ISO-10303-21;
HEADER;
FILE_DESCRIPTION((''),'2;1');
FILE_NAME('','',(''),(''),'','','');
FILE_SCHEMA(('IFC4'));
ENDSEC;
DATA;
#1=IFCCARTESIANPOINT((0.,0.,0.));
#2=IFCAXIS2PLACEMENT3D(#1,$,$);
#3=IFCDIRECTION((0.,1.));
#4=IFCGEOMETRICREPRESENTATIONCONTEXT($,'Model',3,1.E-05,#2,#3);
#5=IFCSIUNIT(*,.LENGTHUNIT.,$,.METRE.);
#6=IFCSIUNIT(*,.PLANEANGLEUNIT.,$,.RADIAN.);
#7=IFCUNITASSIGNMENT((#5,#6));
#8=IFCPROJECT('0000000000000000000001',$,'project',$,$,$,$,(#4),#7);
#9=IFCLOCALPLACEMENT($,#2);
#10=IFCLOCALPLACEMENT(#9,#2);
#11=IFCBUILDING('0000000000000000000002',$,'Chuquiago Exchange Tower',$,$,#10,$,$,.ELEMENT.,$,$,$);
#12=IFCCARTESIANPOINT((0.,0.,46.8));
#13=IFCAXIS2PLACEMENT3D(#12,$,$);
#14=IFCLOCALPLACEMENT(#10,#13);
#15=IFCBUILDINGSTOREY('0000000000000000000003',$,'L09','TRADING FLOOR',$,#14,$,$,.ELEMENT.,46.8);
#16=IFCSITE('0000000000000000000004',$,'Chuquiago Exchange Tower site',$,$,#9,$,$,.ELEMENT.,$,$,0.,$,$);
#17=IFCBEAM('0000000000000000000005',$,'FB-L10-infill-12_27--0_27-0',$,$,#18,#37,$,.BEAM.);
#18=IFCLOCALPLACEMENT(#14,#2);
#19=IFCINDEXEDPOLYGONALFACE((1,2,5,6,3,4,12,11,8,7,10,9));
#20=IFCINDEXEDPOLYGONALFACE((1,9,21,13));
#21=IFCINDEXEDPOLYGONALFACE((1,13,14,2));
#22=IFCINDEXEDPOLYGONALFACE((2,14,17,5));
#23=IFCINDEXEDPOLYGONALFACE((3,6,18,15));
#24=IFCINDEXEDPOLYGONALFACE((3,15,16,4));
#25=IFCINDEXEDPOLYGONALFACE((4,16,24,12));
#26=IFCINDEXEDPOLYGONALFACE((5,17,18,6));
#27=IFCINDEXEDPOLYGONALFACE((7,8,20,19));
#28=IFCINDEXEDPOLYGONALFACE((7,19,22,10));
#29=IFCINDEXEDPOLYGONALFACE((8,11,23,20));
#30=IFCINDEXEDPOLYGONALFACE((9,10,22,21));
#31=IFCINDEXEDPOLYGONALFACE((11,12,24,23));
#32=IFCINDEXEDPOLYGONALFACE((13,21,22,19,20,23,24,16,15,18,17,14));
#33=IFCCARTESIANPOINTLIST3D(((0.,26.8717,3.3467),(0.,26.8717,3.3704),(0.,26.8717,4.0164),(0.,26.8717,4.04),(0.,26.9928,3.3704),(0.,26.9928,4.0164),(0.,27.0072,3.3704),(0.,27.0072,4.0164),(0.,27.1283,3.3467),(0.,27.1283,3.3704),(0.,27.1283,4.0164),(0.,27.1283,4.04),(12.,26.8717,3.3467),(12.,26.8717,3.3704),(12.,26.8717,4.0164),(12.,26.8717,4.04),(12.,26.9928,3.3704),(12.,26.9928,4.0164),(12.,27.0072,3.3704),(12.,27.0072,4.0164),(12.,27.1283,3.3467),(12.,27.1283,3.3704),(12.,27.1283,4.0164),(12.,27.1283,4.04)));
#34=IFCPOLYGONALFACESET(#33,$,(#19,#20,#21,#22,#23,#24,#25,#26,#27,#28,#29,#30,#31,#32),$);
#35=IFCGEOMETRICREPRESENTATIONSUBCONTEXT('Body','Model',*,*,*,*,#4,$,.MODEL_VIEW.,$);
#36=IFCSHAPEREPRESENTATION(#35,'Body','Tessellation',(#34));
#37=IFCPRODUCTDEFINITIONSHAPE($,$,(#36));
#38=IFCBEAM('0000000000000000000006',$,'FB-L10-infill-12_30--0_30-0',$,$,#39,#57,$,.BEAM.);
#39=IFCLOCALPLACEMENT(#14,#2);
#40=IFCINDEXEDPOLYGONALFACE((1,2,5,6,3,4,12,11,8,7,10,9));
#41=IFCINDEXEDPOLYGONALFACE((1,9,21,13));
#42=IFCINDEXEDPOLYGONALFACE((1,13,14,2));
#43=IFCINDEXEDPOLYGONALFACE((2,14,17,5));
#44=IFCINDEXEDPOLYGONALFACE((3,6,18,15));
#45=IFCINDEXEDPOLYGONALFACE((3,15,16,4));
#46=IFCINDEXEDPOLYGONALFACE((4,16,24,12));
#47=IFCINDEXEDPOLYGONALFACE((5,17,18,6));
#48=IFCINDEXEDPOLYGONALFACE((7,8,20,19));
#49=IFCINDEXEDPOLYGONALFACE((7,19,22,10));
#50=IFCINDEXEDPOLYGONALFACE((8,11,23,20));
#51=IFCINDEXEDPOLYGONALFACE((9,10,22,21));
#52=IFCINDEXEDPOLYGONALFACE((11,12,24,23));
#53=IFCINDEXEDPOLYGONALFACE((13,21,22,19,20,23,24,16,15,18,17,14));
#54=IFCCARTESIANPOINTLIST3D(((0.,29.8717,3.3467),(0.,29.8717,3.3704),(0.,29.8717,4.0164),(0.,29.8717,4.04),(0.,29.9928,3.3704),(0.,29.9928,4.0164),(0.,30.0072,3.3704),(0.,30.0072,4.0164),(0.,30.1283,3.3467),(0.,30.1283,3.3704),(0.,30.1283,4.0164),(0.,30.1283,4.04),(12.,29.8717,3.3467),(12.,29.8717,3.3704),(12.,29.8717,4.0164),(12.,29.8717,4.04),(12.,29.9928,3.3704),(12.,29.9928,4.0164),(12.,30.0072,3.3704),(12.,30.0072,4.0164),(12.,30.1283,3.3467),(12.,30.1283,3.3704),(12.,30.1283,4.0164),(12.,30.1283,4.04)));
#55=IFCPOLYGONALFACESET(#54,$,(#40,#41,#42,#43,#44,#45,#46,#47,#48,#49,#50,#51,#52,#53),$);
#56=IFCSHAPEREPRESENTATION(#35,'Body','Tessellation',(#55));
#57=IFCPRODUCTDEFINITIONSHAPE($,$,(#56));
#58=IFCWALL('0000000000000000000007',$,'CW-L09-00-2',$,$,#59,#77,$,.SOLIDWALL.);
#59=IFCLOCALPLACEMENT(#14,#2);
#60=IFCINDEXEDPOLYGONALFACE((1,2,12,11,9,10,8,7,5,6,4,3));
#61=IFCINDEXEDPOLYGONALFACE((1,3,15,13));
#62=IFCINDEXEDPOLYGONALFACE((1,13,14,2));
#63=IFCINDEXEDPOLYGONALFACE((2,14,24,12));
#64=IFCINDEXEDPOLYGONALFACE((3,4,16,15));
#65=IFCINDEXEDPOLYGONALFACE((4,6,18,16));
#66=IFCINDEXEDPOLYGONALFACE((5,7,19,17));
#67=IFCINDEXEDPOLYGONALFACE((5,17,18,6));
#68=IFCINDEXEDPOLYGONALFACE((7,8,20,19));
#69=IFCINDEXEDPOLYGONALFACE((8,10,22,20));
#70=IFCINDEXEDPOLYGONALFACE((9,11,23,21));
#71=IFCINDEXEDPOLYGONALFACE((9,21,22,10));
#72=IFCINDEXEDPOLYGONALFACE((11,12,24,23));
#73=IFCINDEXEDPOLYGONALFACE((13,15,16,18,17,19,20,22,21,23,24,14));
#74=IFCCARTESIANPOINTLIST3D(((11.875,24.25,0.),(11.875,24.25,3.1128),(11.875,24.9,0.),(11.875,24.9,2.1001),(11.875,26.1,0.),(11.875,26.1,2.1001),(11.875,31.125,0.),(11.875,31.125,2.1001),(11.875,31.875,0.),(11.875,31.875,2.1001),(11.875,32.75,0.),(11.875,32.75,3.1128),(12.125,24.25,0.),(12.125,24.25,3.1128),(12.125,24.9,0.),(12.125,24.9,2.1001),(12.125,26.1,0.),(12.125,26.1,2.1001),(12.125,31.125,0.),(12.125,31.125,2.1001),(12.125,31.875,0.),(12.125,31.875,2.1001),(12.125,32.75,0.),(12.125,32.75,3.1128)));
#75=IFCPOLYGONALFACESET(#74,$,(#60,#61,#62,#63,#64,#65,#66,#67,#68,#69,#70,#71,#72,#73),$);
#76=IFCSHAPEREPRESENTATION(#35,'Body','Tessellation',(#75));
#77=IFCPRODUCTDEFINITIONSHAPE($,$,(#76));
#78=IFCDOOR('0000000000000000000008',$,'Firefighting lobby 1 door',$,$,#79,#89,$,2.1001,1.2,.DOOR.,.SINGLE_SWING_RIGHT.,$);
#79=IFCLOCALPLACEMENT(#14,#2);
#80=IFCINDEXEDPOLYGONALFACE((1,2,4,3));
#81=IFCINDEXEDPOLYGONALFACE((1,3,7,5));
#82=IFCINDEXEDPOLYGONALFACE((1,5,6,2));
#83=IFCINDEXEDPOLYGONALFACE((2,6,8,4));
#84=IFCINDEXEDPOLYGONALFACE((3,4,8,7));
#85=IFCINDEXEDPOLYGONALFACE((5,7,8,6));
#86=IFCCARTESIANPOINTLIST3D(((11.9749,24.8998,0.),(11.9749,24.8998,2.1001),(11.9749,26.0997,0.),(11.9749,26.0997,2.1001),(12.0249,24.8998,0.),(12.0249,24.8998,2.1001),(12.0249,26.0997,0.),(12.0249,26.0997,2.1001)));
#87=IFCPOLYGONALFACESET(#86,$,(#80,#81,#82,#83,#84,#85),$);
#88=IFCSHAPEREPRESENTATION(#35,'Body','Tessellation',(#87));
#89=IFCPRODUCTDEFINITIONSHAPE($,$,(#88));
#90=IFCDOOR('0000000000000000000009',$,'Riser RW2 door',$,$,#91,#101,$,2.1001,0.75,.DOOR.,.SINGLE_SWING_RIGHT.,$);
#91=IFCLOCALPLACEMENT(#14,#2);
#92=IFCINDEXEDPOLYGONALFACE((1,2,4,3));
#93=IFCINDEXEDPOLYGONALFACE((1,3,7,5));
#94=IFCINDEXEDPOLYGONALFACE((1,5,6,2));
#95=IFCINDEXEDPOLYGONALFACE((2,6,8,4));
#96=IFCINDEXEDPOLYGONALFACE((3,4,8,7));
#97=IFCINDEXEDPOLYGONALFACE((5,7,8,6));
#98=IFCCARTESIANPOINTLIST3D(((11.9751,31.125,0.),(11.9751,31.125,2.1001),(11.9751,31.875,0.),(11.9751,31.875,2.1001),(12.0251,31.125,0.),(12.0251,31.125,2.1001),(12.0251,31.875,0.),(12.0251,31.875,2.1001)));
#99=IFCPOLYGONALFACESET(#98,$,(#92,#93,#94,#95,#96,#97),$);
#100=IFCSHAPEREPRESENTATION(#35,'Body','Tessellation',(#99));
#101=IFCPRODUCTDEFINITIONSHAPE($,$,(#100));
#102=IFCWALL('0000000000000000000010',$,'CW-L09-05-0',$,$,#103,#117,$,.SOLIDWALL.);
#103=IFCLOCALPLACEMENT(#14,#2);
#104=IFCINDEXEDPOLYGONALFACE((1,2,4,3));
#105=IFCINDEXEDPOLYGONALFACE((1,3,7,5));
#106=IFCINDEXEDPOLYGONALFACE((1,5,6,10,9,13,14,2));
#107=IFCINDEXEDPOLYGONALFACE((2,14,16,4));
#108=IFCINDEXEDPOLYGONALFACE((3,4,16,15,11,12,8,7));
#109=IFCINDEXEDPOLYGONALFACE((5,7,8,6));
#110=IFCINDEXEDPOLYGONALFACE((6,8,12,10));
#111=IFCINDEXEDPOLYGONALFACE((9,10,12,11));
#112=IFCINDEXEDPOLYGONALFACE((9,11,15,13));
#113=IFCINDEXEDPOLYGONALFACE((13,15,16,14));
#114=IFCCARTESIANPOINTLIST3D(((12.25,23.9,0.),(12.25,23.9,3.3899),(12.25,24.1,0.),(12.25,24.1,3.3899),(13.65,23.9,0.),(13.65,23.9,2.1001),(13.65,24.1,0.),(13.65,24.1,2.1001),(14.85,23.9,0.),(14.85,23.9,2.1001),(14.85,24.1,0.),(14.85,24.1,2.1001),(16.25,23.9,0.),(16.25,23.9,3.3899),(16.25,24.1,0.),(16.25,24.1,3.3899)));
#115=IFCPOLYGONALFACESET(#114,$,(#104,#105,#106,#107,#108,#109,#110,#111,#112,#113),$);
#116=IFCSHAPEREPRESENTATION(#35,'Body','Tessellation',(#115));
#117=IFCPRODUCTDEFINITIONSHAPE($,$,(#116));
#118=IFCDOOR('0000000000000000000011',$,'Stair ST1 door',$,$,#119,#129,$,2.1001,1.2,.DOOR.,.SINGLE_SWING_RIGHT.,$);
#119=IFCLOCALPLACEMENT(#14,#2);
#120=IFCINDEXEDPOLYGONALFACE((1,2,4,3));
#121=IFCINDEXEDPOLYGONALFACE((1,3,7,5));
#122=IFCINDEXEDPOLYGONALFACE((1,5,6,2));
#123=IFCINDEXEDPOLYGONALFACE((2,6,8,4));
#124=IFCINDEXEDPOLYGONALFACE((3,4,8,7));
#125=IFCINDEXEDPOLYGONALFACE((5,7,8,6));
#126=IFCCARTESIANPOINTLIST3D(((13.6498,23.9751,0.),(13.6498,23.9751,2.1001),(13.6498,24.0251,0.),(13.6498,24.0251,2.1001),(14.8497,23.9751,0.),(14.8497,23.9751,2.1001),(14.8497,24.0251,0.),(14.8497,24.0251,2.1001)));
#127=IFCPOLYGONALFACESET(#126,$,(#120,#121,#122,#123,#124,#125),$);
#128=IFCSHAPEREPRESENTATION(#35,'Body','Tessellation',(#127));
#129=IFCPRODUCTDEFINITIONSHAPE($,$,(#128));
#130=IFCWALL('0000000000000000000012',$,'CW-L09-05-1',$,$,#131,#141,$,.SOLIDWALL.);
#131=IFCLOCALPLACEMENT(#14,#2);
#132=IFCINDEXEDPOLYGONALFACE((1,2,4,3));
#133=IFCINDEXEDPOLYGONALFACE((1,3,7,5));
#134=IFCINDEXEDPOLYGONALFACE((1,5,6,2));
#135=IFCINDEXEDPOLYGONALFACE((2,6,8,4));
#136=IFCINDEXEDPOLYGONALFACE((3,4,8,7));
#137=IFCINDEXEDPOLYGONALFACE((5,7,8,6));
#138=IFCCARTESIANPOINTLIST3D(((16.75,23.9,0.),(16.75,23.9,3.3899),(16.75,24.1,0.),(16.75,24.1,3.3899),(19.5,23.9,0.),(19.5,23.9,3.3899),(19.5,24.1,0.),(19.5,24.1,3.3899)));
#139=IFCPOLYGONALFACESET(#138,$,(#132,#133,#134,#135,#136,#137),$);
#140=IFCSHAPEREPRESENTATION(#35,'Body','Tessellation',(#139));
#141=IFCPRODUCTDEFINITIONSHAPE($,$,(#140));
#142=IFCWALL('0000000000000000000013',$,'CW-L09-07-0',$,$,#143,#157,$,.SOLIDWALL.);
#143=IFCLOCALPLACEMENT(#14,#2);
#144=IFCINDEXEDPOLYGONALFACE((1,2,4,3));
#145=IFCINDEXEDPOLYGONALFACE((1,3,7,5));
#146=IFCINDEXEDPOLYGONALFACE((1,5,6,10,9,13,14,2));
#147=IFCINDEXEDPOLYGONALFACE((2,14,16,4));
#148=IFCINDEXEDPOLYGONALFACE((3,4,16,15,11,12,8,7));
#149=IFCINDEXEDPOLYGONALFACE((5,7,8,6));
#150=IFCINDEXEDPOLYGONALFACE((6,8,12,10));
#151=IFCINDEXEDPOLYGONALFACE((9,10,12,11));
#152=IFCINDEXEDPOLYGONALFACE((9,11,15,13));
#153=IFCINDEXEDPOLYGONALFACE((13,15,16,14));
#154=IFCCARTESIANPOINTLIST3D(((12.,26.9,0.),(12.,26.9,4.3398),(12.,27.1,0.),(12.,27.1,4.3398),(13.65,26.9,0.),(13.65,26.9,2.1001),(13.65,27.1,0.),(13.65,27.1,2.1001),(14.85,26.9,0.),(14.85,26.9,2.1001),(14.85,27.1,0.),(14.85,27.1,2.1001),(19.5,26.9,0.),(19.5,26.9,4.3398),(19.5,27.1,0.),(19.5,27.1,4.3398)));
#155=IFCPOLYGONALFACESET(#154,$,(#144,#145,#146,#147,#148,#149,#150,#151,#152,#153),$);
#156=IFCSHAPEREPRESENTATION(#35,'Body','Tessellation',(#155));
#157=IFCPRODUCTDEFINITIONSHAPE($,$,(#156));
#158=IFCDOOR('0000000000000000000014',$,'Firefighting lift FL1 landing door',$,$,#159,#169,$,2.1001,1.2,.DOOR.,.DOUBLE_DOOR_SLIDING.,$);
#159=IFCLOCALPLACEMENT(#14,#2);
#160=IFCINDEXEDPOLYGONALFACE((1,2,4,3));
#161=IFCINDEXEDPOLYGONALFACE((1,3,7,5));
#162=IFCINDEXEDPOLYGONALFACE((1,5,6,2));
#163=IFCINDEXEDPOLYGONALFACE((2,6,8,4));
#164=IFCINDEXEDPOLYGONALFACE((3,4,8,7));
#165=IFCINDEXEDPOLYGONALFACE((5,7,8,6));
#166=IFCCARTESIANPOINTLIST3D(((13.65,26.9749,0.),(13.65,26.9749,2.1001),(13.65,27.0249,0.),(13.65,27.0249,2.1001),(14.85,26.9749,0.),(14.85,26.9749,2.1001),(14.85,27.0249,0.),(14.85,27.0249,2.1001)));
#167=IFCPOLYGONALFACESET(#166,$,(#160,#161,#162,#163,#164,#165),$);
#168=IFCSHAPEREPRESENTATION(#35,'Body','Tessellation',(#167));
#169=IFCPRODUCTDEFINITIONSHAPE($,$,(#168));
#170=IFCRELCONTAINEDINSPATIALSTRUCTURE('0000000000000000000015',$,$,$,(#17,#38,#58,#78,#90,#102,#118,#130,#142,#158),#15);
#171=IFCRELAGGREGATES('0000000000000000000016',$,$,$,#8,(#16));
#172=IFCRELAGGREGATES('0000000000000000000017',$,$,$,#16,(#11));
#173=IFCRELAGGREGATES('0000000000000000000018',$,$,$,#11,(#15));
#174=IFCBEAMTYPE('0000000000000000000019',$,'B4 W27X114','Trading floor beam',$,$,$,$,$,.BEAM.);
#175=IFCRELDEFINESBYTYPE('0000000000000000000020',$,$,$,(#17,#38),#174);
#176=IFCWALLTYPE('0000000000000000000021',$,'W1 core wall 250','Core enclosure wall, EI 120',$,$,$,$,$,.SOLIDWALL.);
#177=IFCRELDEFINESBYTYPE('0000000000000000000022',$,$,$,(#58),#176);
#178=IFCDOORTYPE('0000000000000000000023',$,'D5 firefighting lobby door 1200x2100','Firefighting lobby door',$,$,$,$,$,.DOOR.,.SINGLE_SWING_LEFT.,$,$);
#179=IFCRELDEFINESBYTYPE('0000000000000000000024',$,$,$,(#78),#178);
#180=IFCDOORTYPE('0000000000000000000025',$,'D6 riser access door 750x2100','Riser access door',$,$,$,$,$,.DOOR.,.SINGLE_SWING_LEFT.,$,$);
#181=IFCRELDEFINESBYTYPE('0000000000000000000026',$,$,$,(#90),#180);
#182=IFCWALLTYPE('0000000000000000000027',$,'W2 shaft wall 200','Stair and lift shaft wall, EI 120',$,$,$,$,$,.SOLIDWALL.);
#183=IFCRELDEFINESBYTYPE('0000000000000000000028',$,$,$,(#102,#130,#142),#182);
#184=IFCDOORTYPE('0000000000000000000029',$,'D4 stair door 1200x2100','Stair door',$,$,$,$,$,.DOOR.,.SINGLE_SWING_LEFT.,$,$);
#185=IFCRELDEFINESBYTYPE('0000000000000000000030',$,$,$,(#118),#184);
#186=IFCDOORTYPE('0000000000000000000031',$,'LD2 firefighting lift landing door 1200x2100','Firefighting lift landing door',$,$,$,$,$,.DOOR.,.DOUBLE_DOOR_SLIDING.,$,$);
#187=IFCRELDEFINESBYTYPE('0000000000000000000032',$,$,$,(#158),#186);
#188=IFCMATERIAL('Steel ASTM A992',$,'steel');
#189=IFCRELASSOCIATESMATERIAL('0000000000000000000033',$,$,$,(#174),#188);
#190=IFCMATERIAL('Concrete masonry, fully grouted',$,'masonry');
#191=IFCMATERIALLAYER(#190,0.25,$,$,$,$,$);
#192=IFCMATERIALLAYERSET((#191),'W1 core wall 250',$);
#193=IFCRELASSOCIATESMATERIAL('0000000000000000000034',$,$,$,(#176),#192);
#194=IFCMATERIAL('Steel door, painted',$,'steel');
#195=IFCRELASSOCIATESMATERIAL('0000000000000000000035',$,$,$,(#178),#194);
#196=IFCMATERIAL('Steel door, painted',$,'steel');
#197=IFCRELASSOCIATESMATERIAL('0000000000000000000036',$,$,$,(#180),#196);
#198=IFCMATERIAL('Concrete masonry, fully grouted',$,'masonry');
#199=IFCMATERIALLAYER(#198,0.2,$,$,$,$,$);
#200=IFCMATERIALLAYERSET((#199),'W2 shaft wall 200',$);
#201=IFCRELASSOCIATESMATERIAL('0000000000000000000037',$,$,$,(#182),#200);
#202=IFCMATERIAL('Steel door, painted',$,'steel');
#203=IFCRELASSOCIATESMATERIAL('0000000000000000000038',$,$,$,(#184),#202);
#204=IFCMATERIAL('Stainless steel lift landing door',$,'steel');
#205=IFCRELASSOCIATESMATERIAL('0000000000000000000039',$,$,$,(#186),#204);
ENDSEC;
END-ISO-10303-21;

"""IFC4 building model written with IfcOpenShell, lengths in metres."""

from ifc_helpers import new_model, si_unit, direction, frame, frame_2d, origin, origin_2d, place, context, subcontext, project, spatial, rectangle, i_section, extrude, material, layer, layer_set, material_profile, profile_set, type_object, element, fill, save


model = new_model("IFC4")

# Units and contexts
model_context = context("Model", 3, precision=1e-05, world=origin(), true_north=direction((0.0, 1.0)))
body_context = subcontext(model_context, "Body", "Model", "MODEL_VIEW")
ifc_project = project(units=[si_unit("LENGTHUNIT", "METRE"), si_unit("PLANEANGLEUNIT", "RADIAN")], contexts=[model_context])

# Site, building, storey
site_placement = place(None, origin())
site = spatial("IfcSite", under=ifc_project, at=site_placement, Name="Chuquiago Exchange Tower site", CompositionType="ELEMENT", RefElevation=0.0)
building_placement = place(site_placement, origin())
building = spatial("IfcBuilding", under=site, at=building_placement, Name="Chuquiago Exchange Tower", CompositionType="ELEMENT")
storey_placement = place(building_placement, frame((0.0, 0.0, 46.8)))
storey = spatial("IfcBuildingStorey", under=building, at=storey_placement, Name="L09", Description="TRADING FLOOR", CompositionType="ELEMENT", Elevation=46.8)

# Beams
ifc_material_1 = material(Name="Steel ASTM A992", Category="steel")
ifc_material_profile_1 = material_profile(ifc_material_1, i_section(OverallWidth=0.2566, OverallDepth=0.6934, WebThickness=0.0144, FlangeThickness=0.0237, at=origin_2d()), Name="W27X114")
ifc_profile_set_1 = profile_set([ifc_material_profile_1], Name="Steel ASTM A992")
beam_type_1 = type_object("IfcBeamType", Name="B4 W27X114", Description="Trading floor beam", PredefinedType="BEAM", material=ifc_profile_set_1)
for number, where, z_axis, x_axis, name in (
    (1, (12.0, 27.0, 3.6934), (-1.0, 0.0, 0.0), (0.0, -1.0, 0.0), "FB-L10-infill-12_27--0_27-0"),
    (2, (12.0, 30.0, 3.6934), (-1.0, 0.0, 0.0), (0.0, -1.0, 0.0), "FB-L10-infill-12_30--0_30-0"),
):
    element("IfcBeam", number, at=place(storey_placement, frame(where, z_axis=z_axis, x_axis=x_axis)), inside=storey, type_object=beam_type_1, Name=name, PredefinedType="BEAM", context=body_context, shape_type="SweptSolid", body=[
        extrude(i_section(OverallWidth=0.2566, OverallDepth=0.6934, WebThickness=0.0144, FlangeThickness=0.0237, at=origin_2d()), origin(), (0.0, 0.0, 1.0), 12.0),
    ])

# Wall, openings, doors
ifc_material_2 = material(Name="Concrete masonry, fully grouted", Category="masonry")
ifc_layer_1 = layer(ifc_material_2, 0.25)
ifc_layer_set_1 = layer_set([ifc_layer_1], Name="W1 core wall 250")
wall_type_1 = type_object("IfcWallType", Name="W1 core wall 250", Description="Core enclosure wall, EI 120", PredefinedType="SOLIDWALL", material=ifc_layer_set_1)
wall_1_placement = place(storey_placement, frame((12.0, 24.25, 0.0), z_axis=(0.0, 0.0, 1.0), x_axis=(0.0, 1.0, 0.0)))
wall_1 = element("IfcWall", 3, at=wall_1_placement, inside=storey, type_object=wall_type_1, Name="CW-L09-00-2", PredefinedType="SOLIDWALL", context=body_context, shape_type="SweptSolid", body=[
    extrude(rectangle(XDim=8.5, YDim=0.25, at=frame_2d((4.25, 0.0))), origin(), (0.0, 0.0, 1.0), 3.1128),
])
opening_1_placement = place(wall_1_placement, frame((0.6499, 0.0, 0.0)))
opening_1 = element("IfcOpeningElement", 4, at=opening_1_placement, cuts=wall_1, PredefinedType="OPENING", context=body_context, shape_type="SweptSolid", body=[
    extrude(rectangle(XDim=1.2, YDim=2.1001, at=frame_2d((0.6001, 1.05))), frame((0.0, 0.135, 0.0), z_axis=(0.0, -1.0, 0.0), x_axis=(1.0, 0.0, 0.0)), (0.0, 0.0, 1.0), 0.27),
])
opening_2_placement = place(wall_1_placement, frame((6.875, 0.0, 0.0)))
opening_2 = element("IfcOpeningElement", 5, at=opening_2_placement, cuts=wall_1, PredefinedType="OPENING", context=body_context, shape_type="SweptSolid", body=[
    extrude(rectangle(XDim=0.75, YDim=2.1001, at=frame_2d((0.375, 1.05))), frame((0.0, 0.135, 0.0), z_axis=(0.0, -1.0, 0.0), x_axis=(1.0, 0.0, 0.0)), (0.0, 0.0, 1.0), 0.27),
])
ifc_material_3 = material(Name="Steel door, painted", Category="steel")
door_type_1 = type_object("IfcDoorType", Name="D5 firefighting lobby door 1200x2100", Description="Firefighting lobby door", OperationType="SINGLE_SWING_LEFT", PredefinedType="DOOR", material=ifc_material_3)
door_1_placement = place(opening_1_placement, frame((1.2, 0.0, 0.0), z_axis=(0.0, 0.0, 1.0), x_axis=(-1.0, 0.0, 0.0)))
door_1 = element("IfcDoor", 6, at=door_1_placement, inside=storey, type_object=door_type_1, Name="Firefighting lobby 1 door", OperationType="SINGLE_SWING_RIGHT", OverallHeight=2.1001, OverallWidth=1.2, PredefinedType="DOOR", context=body_context, shape_type="SweptSolid", body=[
    extrude(rectangle(XDim=1.2, YDim=2.1001, at=frame_2d((0.6001, 1.05))), frame((0.0, 0.0249, 0.0), z_axis=(0.0, -1.0, 0.0), x_axis=(1.0, 0.0, 0.0)), (0.0, 0.0, 1.0), 0.05),
])
fill(opening_1, door_1)
ifc_material_4 = material(Name="Steel door, painted", Category="steel")
door_type_2 = type_object("IfcDoorType", Name="D6 riser access door 750x2100", Description="Riser access door", OperationType="SINGLE_SWING_LEFT", PredefinedType="DOOR", material=ifc_material_4)
door_2_placement = place(opening_2_placement, origin())
door_2 = element("IfcDoor", 7, at=door_2_placement, inside=storey, type_object=door_type_2, Name="Riser RW2 door", OperationType="SINGLE_SWING_RIGHT", OverallHeight=2.1001, OverallWidth=0.75, PredefinedType="DOOR", context=body_context, shape_type="SweptSolid", body=[
    extrude(rectangle(XDim=0.75, YDim=2.1001, at=frame_2d((0.375, 1.05))), frame((0.0, 0.0249, 0.0), z_axis=(0.0, -1.0, 0.0), x_axis=(1.0, 0.0, 0.0)), (0.0, 0.0, 1.0), 0.05),
])
fill(opening_2, door_2)

# Wall, opening, door
ifc_material_5 = material(Name="Concrete masonry, fully grouted", Category="masonry")
ifc_layer_2 = layer(ifc_material_5, 0.2)
ifc_layer_set_2 = layer_set([ifc_layer_2], Name="W2 shaft wall 200")
wall_type_2 = type_object("IfcWallType", Name="W2 shaft wall 200", Description="Stair and lift shaft wall, EI 120", PredefinedType="SOLIDWALL", material=ifc_layer_set_2)
wall_2_placement = place(storey_placement, frame((12.25, 24.0, 0.0), z_axis=(0.0, 0.0, 1.0), x_axis=(1.0, 0.0, 0.0)))
wall_2 = element("IfcWall", 8, at=wall_2_placement, inside=storey, type_object=wall_type_2, Name="CW-L09-05-0", PredefinedType="SOLIDWALL", context=body_context, shape_type="SweptSolid", body=[
    extrude(rectangle(XDim=4.0, YDim=0.2, at=frame_2d((2.0, 0.0))), origin(), (0.0, 0.0, 1.0), 3.3899),
])
opening_3_placement = place(wall_2_placement, frame((1.3999, 0.0, 0.0)))
opening_3 = element("IfcOpeningElement", 9, at=opening_3_placement, cuts=wall_2, PredefinedType="OPENING", context=body_context, shape_type="SweptSolid", body=[
    extrude(rectangle(XDim=1.2, YDim=2.1001, at=frame_2d((0.6001, 1.05))), frame((0.0, 0.1099, 0.0), z_axis=(0.0, -1.0, 0.0), x_axis=(1.0, 0.0, 0.0)), (0.0, 0.0, 1.0), 0.22),
])
ifc_material_6 = material(Name="Steel door, painted", Category="steel")
door_type_3 = type_object("IfcDoorType", Name="D4 stair door 1200x2100", Description="Stair door", OperationType="SINGLE_SWING_LEFT", PredefinedType="DOOR", material=ifc_material_6)
door_3_placement = place(opening_3_placement, frame((1.2, 0.0, 0.0), z_axis=(0.0, 0.0, 1.0), x_axis=(-1.0, 0.0, 0.0)))
door_3 = element("IfcDoor", 10, at=door_3_placement, inside=storey, type_object=door_type_3, Name="Stair ST1 door", OperationType="SINGLE_SWING_RIGHT", OverallHeight=2.1001, OverallWidth=1.2, PredefinedType="DOOR", context=body_context, shape_type="SweptSolid", body=[
    extrude(rectangle(XDim=1.2, YDim=2.1001, at=frame_2d((0.6001, 1.05))), frame((0.0, 0.0249, 0.0), z_axis=(0.0, -1.0, 0.0), x_axis=(1.0, 0.0, 0.0)), (0.0, 0.0, 1.0), 0.05),
])
fill(opening_3, door_3)

# Wall
wall_3_placement = place(storey_placement, frame((16.75, 24.0, 0.0), z_axis=(0.0, 0.0, 1.0), x_axis=(1.0, 0.0, 0.0)))
element("IfcWall", 11, at=wall_3_placement, inside=storey, type_object=wall_type_2, Name="CW-L09-05-1", PredefinedType="SOLIDWALL", context=body_context, shape_type="SweptSolid", body=[
    extrude(rectangle(XDim=2.75, YDim=0.2, at=frame_2d((1.375, 0.0))), origin(), (0.0, 0.0, 1.0), 3.3899),
])

# Wall, opening, door
wall_4_placement = place(storey_placement, frame((12.0, 27.0, 0.0), z_axis=(0.0, 0.0, 1.0), x_axis=(1.0, 0.0, 0.0)))
wall_4 = element("IfcWall", 12, at=wall_4_placement, inside=storey, type_object=wall_type_2, Name="CW-L09-07-0", PredefinedType="SOLIDWALL", context=body_context, shape_type="SweptSolid", body=[
    extrude(rectangle(XDim=7.5, YDim=0.2, at=frame_2d((3.75, 0.0))), origin(), (0.0, 0.0, 1.0), 4.3398),
])
opening_4_placement = place(wall_4_placement, frame((1.6499, 0.0, 0.0)))
opening_4 = element("IfcOpeningElement", 13, at=opening_4_placement, cuts=wall_4, PredefinedType="OPENING", context=body_context, shape_type="SweptSolid", body=[
    extrude(rectangle(XDim=1.2, YDim=2.1001, at=frame_2d((0.6001, 1.05))), frame((0.0, 0.1099, 0.0), z_axis=(0.0, -1.0, 0.0), x_axis=(1.0, 0.0, 0.0)), (0.0, 0.0, 1.0), 0.22),
])
ifc_material_7 = material(Name="Stainless steel lift landing door", Category="steel")
door_type_4 = type_object("IfcDoorType", Name="LD2 firefighting lift landing door 1200x2100", Description="Firefighting lift landing door", OperationType="DOUBLE_DOOR_SLIDING", PredefinedType="DOOR", material=ifc_material_7)
door_4_placement = place(opening_4_placement, origin())
door_4 = element("IfcDoor", 14, at=door_4_placement, inside=storey, type_object=door_type_4, Name="Firefighting lift FL1 landing door", OperationType="DOUBLE_DOOR_SLIDING", OverallHeight=2.1001, OverallWidth=1.2, PredefinedType="DOOR", context=body_context, shape_type="SweptSolid", body=[
    extrude(rectangle(XDim=1.2, YDim=2.1001, at=frame_2d((0.6001, 1.05))), frame((0.0, 0.0249, 0.0), z_axis=(0.0, -1.0, 0.0), x_axis=(1.0, 0.0, 0.0)), (0.0, 0.0, 1.0), 0.05),
])
fill(opening_4, door_4)

save(model, "model.ifc")
